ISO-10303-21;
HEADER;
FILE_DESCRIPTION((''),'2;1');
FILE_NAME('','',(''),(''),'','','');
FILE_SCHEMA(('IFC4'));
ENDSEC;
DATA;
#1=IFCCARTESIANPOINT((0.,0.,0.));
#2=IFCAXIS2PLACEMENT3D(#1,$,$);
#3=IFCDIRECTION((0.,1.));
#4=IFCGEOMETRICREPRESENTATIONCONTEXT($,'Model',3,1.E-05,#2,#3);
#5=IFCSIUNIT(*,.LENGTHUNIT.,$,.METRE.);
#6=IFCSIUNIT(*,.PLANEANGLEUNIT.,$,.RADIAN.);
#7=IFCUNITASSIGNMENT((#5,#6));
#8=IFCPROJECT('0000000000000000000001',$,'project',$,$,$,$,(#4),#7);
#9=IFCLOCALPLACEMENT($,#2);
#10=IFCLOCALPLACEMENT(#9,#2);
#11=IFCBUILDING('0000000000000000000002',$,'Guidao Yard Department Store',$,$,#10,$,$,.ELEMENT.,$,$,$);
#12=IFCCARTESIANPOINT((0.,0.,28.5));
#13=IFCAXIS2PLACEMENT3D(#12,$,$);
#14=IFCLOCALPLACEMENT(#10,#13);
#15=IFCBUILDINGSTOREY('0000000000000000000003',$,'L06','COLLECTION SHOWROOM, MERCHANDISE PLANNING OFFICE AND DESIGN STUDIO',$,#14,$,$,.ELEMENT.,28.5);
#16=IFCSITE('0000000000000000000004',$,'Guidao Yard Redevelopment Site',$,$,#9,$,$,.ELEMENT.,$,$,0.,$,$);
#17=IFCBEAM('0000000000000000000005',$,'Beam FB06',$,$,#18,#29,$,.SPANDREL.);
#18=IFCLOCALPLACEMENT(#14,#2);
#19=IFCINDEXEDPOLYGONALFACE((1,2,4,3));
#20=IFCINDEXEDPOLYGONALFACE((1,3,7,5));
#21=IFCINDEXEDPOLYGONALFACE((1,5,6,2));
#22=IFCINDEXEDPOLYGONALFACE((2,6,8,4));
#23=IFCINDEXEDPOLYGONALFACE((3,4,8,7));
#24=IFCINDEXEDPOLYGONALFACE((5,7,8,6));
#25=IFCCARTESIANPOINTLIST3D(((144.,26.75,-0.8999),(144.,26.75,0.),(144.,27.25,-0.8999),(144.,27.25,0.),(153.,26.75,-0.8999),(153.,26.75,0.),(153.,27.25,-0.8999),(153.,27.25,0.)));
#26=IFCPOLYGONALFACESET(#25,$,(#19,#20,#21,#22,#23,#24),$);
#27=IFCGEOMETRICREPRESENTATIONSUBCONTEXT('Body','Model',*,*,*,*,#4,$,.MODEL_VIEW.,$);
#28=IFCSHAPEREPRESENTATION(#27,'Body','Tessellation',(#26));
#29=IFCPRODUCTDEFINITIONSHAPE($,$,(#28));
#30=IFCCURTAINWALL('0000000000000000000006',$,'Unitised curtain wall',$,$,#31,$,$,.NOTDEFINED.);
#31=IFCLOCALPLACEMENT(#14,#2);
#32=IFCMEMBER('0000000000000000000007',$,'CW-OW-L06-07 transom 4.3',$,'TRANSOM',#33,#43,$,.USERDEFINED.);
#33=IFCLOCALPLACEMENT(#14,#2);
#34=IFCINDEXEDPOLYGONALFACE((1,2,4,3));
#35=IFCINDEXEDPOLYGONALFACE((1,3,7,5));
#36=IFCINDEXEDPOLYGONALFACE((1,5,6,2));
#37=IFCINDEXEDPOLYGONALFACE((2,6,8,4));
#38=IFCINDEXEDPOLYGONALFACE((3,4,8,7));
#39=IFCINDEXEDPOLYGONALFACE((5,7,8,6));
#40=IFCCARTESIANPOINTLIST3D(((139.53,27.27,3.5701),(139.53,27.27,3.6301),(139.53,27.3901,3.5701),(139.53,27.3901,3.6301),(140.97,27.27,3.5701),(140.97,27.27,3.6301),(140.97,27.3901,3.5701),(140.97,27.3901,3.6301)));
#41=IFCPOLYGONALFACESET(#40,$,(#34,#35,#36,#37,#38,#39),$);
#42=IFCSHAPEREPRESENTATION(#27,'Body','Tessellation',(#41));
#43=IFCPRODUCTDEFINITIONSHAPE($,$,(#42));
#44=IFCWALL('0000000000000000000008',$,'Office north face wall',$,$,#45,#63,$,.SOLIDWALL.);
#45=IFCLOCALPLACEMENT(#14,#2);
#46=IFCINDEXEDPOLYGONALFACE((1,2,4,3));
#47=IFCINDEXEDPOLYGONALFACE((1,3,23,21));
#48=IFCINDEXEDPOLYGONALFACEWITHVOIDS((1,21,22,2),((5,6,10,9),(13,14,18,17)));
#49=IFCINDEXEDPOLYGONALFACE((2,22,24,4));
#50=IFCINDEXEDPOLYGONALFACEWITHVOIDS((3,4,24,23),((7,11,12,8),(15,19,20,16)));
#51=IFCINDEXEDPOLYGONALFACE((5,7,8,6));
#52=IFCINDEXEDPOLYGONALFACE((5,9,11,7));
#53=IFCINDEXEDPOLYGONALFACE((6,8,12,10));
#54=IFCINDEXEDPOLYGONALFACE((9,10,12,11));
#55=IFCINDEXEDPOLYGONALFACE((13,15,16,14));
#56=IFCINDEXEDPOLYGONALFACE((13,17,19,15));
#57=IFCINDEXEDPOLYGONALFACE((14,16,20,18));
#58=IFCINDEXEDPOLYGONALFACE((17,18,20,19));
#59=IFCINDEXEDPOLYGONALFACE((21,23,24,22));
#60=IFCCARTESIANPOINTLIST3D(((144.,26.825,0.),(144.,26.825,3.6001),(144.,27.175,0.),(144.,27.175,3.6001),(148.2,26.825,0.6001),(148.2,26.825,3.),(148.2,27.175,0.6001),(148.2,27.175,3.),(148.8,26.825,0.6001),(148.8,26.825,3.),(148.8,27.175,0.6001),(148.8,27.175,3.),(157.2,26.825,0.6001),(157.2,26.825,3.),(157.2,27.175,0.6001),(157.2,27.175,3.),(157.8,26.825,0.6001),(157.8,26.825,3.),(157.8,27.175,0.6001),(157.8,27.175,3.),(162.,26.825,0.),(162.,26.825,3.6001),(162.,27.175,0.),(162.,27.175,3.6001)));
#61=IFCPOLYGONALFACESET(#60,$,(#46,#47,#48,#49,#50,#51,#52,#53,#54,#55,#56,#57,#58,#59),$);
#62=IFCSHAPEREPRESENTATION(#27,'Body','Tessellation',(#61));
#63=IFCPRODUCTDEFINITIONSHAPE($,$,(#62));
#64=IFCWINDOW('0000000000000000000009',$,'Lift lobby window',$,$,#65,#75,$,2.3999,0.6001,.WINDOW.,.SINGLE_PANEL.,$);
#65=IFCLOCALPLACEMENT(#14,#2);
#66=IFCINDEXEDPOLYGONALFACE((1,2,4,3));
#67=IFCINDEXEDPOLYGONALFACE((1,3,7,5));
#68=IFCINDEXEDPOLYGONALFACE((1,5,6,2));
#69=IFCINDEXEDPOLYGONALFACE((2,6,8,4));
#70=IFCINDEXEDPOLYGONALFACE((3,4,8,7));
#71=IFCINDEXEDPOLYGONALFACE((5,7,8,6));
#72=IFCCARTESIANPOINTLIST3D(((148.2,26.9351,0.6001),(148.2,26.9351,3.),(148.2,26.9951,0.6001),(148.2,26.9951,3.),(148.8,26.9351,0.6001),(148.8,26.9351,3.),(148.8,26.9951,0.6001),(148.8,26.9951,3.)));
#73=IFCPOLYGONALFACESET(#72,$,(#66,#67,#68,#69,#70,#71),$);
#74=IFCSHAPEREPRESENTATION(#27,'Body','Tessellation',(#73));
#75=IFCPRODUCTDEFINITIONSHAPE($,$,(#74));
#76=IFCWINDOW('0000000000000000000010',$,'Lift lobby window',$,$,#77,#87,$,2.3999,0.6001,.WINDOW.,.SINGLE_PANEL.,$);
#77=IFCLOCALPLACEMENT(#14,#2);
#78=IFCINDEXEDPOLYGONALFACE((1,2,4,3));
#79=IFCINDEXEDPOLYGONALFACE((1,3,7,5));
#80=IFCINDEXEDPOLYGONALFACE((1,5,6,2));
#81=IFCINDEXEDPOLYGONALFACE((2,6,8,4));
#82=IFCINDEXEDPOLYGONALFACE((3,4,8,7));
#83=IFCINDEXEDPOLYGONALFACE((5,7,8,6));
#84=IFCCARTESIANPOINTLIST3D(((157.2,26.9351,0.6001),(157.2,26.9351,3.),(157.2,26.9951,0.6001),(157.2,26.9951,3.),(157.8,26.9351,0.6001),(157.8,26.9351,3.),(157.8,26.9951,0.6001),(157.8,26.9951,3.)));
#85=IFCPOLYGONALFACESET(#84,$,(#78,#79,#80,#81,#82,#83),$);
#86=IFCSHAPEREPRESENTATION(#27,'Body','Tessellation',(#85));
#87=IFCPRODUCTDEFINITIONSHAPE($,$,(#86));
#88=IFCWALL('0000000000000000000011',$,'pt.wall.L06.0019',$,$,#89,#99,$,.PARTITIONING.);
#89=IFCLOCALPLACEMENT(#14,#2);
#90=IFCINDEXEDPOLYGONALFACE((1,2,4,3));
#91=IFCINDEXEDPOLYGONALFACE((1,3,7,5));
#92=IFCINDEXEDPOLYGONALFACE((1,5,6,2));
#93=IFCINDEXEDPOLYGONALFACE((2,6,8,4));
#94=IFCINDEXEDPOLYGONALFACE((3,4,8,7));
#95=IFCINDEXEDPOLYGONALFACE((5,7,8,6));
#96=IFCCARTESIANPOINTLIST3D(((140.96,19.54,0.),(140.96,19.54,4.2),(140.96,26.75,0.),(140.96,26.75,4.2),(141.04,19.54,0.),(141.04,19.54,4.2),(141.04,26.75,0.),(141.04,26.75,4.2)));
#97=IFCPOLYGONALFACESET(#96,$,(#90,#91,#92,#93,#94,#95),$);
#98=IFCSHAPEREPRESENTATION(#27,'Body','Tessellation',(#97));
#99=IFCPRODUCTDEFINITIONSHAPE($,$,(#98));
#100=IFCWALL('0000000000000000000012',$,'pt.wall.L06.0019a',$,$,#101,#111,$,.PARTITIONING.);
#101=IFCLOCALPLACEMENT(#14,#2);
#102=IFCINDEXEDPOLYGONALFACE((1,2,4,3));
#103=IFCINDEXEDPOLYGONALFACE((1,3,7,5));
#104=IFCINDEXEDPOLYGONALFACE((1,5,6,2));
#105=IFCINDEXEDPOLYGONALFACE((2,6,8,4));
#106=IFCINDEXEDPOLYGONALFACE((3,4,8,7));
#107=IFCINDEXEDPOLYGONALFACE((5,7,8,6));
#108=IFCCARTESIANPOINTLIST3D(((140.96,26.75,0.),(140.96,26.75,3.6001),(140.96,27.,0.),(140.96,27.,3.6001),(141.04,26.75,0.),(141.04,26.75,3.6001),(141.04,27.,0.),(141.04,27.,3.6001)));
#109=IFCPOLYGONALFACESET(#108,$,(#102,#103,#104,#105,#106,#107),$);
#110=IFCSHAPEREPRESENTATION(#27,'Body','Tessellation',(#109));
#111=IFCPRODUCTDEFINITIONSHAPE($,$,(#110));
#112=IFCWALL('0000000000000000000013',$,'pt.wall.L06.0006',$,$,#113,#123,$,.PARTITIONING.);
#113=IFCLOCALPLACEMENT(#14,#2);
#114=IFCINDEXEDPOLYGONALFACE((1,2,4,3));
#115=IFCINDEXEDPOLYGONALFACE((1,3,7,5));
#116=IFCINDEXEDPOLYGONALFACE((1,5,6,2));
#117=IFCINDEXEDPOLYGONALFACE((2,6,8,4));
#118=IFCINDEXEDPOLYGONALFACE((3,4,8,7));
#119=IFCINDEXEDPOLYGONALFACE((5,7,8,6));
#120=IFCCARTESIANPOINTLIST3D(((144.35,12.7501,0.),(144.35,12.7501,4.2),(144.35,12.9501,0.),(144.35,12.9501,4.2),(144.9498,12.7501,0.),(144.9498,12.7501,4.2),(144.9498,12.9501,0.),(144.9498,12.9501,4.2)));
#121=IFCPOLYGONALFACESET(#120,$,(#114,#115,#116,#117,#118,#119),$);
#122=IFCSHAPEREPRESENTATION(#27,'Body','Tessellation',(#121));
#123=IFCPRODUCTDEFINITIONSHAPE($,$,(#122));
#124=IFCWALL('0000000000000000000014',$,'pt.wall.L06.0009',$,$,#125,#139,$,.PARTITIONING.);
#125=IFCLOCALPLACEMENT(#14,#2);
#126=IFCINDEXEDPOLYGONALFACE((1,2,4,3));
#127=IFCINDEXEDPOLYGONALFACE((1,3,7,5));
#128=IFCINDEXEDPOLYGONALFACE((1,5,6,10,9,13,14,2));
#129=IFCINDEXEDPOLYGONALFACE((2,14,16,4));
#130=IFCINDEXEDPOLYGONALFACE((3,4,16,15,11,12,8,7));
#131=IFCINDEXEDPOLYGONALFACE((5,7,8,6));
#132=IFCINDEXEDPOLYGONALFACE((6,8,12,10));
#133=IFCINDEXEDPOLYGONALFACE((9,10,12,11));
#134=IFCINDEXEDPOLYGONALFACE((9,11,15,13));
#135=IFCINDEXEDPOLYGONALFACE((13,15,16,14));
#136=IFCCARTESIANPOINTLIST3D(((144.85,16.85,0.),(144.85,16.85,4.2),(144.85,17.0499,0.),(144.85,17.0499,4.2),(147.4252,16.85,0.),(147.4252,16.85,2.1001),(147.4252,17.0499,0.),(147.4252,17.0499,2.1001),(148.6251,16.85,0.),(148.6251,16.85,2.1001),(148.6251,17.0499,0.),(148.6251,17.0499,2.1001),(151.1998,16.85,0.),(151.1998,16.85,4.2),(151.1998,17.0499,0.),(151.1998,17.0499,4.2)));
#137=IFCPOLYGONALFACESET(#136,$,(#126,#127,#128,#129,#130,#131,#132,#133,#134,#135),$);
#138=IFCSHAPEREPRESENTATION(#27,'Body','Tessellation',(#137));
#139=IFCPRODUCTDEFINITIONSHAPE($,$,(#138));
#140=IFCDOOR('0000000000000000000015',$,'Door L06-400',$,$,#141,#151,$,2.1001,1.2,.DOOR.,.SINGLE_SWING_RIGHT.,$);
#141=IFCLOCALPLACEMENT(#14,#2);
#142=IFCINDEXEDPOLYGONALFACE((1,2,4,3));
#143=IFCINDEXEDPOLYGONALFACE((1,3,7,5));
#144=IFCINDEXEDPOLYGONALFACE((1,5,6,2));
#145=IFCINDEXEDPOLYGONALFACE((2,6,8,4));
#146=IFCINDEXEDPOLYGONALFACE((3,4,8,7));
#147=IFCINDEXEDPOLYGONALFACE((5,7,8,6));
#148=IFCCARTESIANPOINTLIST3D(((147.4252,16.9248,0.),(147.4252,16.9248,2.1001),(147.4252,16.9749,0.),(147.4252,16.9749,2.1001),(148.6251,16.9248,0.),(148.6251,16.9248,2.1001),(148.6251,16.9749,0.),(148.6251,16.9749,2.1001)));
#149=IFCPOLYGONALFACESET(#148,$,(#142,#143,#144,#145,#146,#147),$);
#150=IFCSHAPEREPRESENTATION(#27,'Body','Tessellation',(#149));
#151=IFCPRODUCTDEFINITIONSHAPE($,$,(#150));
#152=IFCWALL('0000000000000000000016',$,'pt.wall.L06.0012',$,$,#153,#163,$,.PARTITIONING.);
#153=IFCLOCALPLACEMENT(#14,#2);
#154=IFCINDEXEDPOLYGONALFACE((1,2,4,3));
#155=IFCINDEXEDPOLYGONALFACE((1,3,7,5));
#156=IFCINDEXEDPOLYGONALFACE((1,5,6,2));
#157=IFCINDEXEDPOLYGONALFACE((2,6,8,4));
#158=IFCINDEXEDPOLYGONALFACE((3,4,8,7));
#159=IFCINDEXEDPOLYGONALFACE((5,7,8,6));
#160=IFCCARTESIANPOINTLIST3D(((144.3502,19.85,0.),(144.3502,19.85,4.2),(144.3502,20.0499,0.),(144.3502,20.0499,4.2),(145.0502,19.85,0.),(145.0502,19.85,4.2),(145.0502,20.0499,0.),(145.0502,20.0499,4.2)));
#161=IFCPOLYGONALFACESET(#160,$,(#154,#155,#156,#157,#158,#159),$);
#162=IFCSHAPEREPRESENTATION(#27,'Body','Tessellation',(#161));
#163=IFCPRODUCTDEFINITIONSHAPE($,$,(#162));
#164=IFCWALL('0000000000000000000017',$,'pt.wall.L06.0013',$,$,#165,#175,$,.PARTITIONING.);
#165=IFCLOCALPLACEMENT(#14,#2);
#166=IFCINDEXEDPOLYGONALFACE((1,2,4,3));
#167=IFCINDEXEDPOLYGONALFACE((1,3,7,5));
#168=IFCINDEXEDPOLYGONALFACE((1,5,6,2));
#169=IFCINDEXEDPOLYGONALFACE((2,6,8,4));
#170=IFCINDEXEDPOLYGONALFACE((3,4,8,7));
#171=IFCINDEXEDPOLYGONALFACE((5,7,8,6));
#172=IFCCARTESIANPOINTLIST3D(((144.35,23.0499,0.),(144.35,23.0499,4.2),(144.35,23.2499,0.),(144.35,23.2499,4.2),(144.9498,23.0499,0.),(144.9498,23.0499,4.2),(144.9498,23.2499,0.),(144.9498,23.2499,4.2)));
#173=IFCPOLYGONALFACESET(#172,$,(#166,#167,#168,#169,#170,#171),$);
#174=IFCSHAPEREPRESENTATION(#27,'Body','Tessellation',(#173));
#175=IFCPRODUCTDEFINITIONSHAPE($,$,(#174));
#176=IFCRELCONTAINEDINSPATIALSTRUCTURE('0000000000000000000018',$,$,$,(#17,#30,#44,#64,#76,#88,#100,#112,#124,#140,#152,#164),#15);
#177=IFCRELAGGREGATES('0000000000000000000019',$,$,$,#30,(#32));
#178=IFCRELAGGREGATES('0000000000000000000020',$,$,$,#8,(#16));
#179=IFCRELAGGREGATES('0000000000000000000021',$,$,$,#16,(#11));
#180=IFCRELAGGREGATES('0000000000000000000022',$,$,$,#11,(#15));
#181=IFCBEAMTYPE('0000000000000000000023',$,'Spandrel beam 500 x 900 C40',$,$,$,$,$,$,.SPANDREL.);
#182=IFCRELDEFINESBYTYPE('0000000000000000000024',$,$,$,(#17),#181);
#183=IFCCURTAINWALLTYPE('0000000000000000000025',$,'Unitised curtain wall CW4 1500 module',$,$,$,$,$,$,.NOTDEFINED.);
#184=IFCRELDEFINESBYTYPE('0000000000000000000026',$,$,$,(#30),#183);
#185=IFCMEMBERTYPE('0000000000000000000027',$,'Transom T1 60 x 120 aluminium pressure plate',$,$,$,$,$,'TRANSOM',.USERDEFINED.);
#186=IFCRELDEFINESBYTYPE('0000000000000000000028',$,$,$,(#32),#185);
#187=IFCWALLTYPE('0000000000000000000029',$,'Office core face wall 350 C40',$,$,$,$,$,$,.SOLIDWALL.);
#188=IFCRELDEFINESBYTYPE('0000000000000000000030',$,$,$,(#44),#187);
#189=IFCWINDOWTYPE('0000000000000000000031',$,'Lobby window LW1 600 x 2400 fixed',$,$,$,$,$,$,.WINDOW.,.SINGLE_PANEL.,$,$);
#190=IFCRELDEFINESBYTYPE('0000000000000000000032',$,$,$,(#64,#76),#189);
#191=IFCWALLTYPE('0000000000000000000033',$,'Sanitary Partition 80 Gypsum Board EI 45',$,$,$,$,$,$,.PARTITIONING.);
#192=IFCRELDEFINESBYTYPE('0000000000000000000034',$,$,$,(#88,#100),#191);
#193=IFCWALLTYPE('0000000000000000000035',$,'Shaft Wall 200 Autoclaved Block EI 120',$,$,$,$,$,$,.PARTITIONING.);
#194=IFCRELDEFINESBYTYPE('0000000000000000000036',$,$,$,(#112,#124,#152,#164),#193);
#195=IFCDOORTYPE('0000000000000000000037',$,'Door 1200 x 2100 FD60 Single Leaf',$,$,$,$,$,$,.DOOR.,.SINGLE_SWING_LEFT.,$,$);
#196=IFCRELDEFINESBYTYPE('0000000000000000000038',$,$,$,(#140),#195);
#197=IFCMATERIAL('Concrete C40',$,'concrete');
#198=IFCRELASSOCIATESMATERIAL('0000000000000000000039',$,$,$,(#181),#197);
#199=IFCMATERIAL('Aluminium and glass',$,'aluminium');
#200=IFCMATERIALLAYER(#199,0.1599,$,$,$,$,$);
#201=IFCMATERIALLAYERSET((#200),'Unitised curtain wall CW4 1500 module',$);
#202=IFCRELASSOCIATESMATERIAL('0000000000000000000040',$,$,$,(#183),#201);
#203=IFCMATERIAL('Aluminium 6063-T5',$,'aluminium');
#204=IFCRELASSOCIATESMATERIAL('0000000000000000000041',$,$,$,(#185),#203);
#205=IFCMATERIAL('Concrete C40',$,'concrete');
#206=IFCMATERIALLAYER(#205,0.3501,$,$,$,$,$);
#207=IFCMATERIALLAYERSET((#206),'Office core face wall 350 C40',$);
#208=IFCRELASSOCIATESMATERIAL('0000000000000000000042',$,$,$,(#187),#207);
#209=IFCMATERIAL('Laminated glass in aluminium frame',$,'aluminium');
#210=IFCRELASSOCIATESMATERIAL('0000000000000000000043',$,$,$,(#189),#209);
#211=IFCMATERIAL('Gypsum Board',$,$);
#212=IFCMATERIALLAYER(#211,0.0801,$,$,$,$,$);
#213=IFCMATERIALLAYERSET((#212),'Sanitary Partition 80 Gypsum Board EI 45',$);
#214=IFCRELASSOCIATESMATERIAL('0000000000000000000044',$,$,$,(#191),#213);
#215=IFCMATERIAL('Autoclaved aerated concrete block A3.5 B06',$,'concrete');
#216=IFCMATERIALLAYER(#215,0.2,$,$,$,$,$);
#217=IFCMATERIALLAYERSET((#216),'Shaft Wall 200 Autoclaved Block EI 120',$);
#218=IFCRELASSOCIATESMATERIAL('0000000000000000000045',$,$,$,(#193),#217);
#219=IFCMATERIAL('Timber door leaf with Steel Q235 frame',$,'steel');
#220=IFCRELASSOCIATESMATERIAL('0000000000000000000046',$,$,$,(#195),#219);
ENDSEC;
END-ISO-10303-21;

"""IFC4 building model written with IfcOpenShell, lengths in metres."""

from ifc_helpers import new_model, si_unit, direction, frame, frame_2d, origin, origin_2d, place, context, subcontext, project, spatial, rectangle, extrude, material, layer, layer_set, material_profile, profile_set, type_object, element, fill, aggregate, save


model = new_model("IFC4")

# Units and contexts
model_context = context("Model", 3, precision=1e-05, world=origin(), true_north=direction((0.0, 1.0)))
body_context = subcontext(model_context, "Body", "Model", "MODEL_VIEW")
ifc_project = project(units=[si_unit("LENGTHUNIT", "METRE"), si_unit("PLANEANGLEUNIT", "RADIAN")], contexts=[model_context])

# Site, building, storey
site_placement = place(None, origin())
site = spatial("IfcSite", under=ifc_project, at=site_placement, Name="Guidao Yard Redevelopment Site", CompositionType="ELEMENT", RefElevation=0.0)
building_placement = place(site_placement, origin())
building = spatial("IfcBuilding", under=site, at=building_placement, Name="Guidao Yard Department Store", CompositionType="ELEMENT")
storey_placement = place(building_placement, frame((0.0, 0.0, 28.5)))
storey = spatial("IfcBuildingStorey", under=building, at=storey_placement, Name="L06", Description="COLLECTION SHOWROOM, MERCHANDISE PLANNING OFFICE AND DESIGN STUDIO", CompositionType="ELEMENT", Elevation=28.5)

# Beam
ifc_material_1 = material(Name="Concrete C40", Category="concrete")
ifc_material_profile_1 = material_profile(ifc_material_1, rectangle(XDim=0.5, YDim=0.8999, at=origin_2d()), Name="Spandrel beam 500 x 900 C40")
ifc_profile_set_1 = profile_set([ifc_material_profile_1], Name="Concrete C40")
beam_type = type_object("IfcBeamType", Name="Spandrel beam 500 x 900 C40", PredefinedType="SPANDREL", material=ifc_profile_set_1)
beam_placement = place(storey_placement, frame((144.0, 27.0, -0.45), z_axis=(1.0, 0.0, 0.0), x_axis=(0.0, 1.0, 0.0)))
element("IfcBeam", 1, at=beam_placement, inside=storey, type_object=beam_type, Name="Beam FB06", PredefinedType="SPANDREL", context=body_context, shape_type="SweptSolid", body=[
    extrude(rectangle(XDim=0.5, YDim=0.8999, at=origin_2d()), origin(), (0.0, 0.0, 1.0), 9.0),
])

# Curtain wall, member
ifc_material_2 = material(Name="Aluminium and glass", Category="aluminium")
ifc_layer_1 = layer(ifc_material_2, 0.1599)
ifc_layer_set_1 = layer_set([ifc_layer_1], Name="Unitised curtain wall CW4 1500 module")
curtain_wall_type = type_object("IfcCurtainWallType", Name="Unitised curtain wall CW4 1500 module", PredefinedType="NOTDEFINED", material=ifc_layer_set_1)
curtain_wall_placement = place(storey_placement, origin())
curtain_wall = element("IfcCurtainWall", 2, at=curtain_wall_placement, inside=storey, type_object=curtain_wall_type, Name="Unitised curtain wall", PredefinedType="NOTDEFINED")
ifc_material_3 = material(Name="Aluminium 6063-T5", Category="aluminium")
ifc_material_profile_2 = material_profile(ifc_material_3, rectangle(XDim=0.1201, YDim=0.0601, at=origin_2d()), Name="Transom T1 60 x 120 aluminium pressure plate")
ifc_profile_set_2 = profile_set([ifc_material_profile_2], Name="Aluminium 6063-T5")
member_type = type_object("IfcMemberType", Name="Transom T1 60 x 120 aluminium pressure plate", ElementType="TRANSOM", PredefinedType="USERDEFINED", material=ifc_profile_set_2)
member_placement = place(storey_placement, frame((139.53, 27.3301, 3.6001), z_axis=(1.0, 0.0, 0.0), x_axis=(0.0, 1.0, 0.0)))
member = element("IfcMember", 3, at=member_placement, type_object=member_type, Name="CW-OW-L06-07 transom 4.3", ObjectType="TRANSOM", PredefinedType="USERDEFINED", context=body_context, shape_type="SweptSolid", body=[
    extrude(rectangle(XDim=0.1201, YDim=0.0601, at=origin_2d()), origin(), (0.0, 0.0, 1.0), 1.4399),
])
aggregate(curtain_wall, [member])

# Wall, openings, windows
ifc_material_4 = material(Name="Concrete C40", Category="concrete")
ifc_layer_2 = layer(ifc_material_4, 0.3501)
ifc_layer_set_2 = layer_set([ifc_layer_2], Name="Office core face wall 350 C40")
wall_type_1 = type_object("IfcWallType", Name="Office core face wall 350 C40", PredefinedType="SOLIDWALL", material=ifc_layer_set_2)
wall_1_placement = place(storey_placement, frame((144.0, 27.0, 0.0), z_axis=(0.0, 0.0, 1.0), x_axis=(1.0, 0.0, 0.0)))
wall_1 = element("IfcWall", 4, at=wall_1_placement, inside=storey, type_object=wall_type_1, Name="Office north face wall", PredefinedType="SOLIDWALL", context=body_context, shape_type="SweptSolid", body=[
    extrude(rectangle(XDim=18.0, YDim=0.3501, at=frame_2d((9.0, 0.0))), origin(), (0.0, 0.0, 1.0), 3.6001),
])
opening_1_placement = place(wall_1_placement, frame((4.2, 0.0, 0.6001)))
opening_1 = element("IfcOpeningElement", 5, at=opening_1_placement, cuts=wall_1, PredefinedType="OPENING", context=body_context, shape_type="SweptSolid", body=[
    extrude(rectangle(XDim=0.6001, YDim=2.3999, at=frame_2d((0.3, 1.2))), frame((0.0, 0.1851, 0.0), z_axis=(0.0, -1.0, 0.0), x_axis=(1.0, 0.0, 0.0)), (0.0, 0.0, 1.0), 0.3701),
])
opening_2_placement = place(wall_1_placement, frame((13.2, 0.0, 0.6001)))
opening_2 = element("IfcOpeningElement", 6, at=opening_2_placement, cuts=wall_1, PredefinedType="OPENING", context=body_context, shape_type="SweptSolid", body=[
    extrude(rectangle(XDim=0.6001, YDim=2.3999, at=frame_2d((0.3, 1.2))), frame((0.0, 0.1851, 0.0), z_axis=(0.0, -1.0, 0.0), x_axis=(1.0, 0.0, 0.0)), (0.0, 0.0, 1.0), 0.3701),
])
ifc_material_5 = material(Name="Laminated glass in aluminium frame", Category="aluminium")
window_type = type_object("IfcWindowType", Name="Lobby window LW1 600 x 2400 fixed", PartitioningType="SINGLE_PANEL", PredefinedType="WINDOW", material=ifc_material_5)
window_1_placement = place(opening_1_placement, origin())
window_1 = element("IfcWindow", 7, at=window_1_placement, inside=storey, type_object=window_type, Name="Lift lobby window", OverallHeight=2.3999, OverallWidth=0.6001, PartitioningType="SINGLE_PANEL", PredefinedType="WINDOW", context=body_context, shape_type="SweptSolid", body=[
    extrude(rectangle(XDim=0.6001, YDim=2.3999, at=frame_2d((0.3, 1.2))), frame((0.0, -0.0049, 0.0), z_axis=(0.0, -1.0, 0.0), x_axis=(1.0, 0.0, 0.0)), (0.0, 0.0, 1.0), 0.0601),
])
fill(opening_1, window_1)
window_2_placement = place(opening_2_placement, origin())
window_2 = element("IfcWindow", 8, at=window_2_placement, inside=storey, type_object=window_type, Name="Lift lobby window", OverallHeight=2.3999, OverallWidth=0.6001, PartitioningType="SINGLE_PANEL", PredefinedType="WINDOW", context=body_context, shape_type="SweptSolid", body=[
    extrude(rectangle(XDim=0.6001, YDim=2.3999, at=frame_2d((0.3, 1.2))), frame((0.0, -0.0049, 0.0), z_axis=(0.0, -1.0, 0.0), x_axis=(1.0, 0.0, 0.0)), (0.0, 0.0, 1.0), 0.0601),
])
fill(opening_2, window_2)

# Walls
ifc_material_6 = material(Name="Gypsum Board")
ifc_layer_3 = layer(ifc_material_6, 0.0801)
ifc_layer_set_3 = layer_set([ifc_layer_3], Name="Sanitary Partition 80 Gypsum Board EI 45")
wall_type_2 = type_object("IfcWallType", Name="Sanitary Partition 80 Gypsum Board EI 45", PredefinedType="PARTITIONING", material=ifc_layer_set_3)
wall_2_placement = place(storey_placement, frame((141.0, 19.54, 0.0), z_axis=(0.0, 0.0, 1.0), x_axis=(0.0, 1.0, 0.0)))
element("IfcWall", 9, at=wall_2_placement, inside=storey, type_object=wall_type_2, Name="pt.wall.L06.0019", PredefinedType="PARTITIONING", context=body_context, shape_type="SweptSolid", body=[
    extrude(rectangle(XDim=7.21, YDim=0.0801, at=frame_2d((3.605, 0.0))), origin(), (0.0, 0.0, 1.0), 4.2),
])
wall_3_placement = place(storey_placement, frame((141.0, 26.75, 0.0), z_axis=(0.0, 0.0, 1.0), x_axis=(0.0, 1.0, 0.0)))
element("IfcWall", 10, at=wall_3_placement, inside=storey, type_object=wall_type_2, Name="pt.wall.L06.0019a", PredefinedType="PARTITIONING", context=body_context, shape_type="SweptSolid", body=[
    extrude(rectangle(XDim=0.25, YDim=0.0801, at=frame_2d((0.125, 0.0))), origin(), (0.0, 0.0, 1.0), 3.6001),
])
ifc_material_7 = material(Name="Autoclaved aerated concrete block A3.5 B06", Category="concrete")
ifc_layer_4 = layer(ifc_material_7, 0.2)
ifc_layer_set_4 = layer_set([ifc_layer_4], Name="Shaft Wall 200 Autoclaved Block EI 120")
wall_type_3 = type_object("IfcWallType", Name="Shaft Wall 200 Autoclaved Block EI 120", PredefinedType="PARTITIONING", material=ifc_layer_set_4)
wall_4_placement = place(storey_placement, frame((144.3501, 12.8501, 0.0), z_axis=(0.0, 0.0, 1.0), x_axis=(1.0, 0.0, 0.0)))
element("IfcWall", 11, at=wall_4_placement, inside=storey, type_object=wall_type_3, Name="pt.wall.L06.0006", PredefinedType="PARTITIONING", context=body_context, shape_type="SweptSolid", body=[
    extrude(rectangle(XDim=0.5999, YDim=0.2, at=frame_2d((0.2998, 0.0))), origin(), (0.0, 0.0, 1.0), 4.2),
])

# Wall, opening, door
wall_5_placement = place(storey_placement, frame((144.8501, 16.95, 0.0), z_axis=(0.0, 0.0, 1.0), x_axis=(1.0, 0.0, 0.0)))
wall_5 = element("IfcWall", 12, at=wall_5_placement, inside=storey, type_object=wall_type_3, Name="pt.wall.L06.0009", PredefinedType="PARTITIONING", context=body_context, shape_type="SweptSolid", body=[
    extrude(rectangle(XDim=6.3499, YDim=0.2, at=frame_2d((3.1748, 0.0))), origin(), (0.0, 0.0, 1.0), 4.2),
])
opening_3_placement = place(wall_5_placement, frame((2.575, 0.0, 0.0)))
opening_3 = element("IfcOpeningElement", 13, at=opening_3_placement, cuts=wall_5, PredefinedType="OPENING", context=body_context, shape_type="SweptSolid", body=[
    extrude(rectangle(XDim=1.2, YDim=2.1001, at=frame_2d((0.6001, 1.05))), frame((0.0, 0.1099, 0.0), z_axis=(0.0, -1.0, 0.0), x_axis=(1.0, 0.0, 0.0)), (0.0, 0.0, 1.0), 0.22),
])
ifc_material_8 = material(Name="Timber door leaf with Steel Q235 frame", Category="steel")
door_type_1 = type_object("IfcDoorType", Name="Door 1200 x 2100 FD60 Single Leaf", OperationType="SINGLE_SWING_LEFT", PredefinedType="DOOR", material=ifc_material_8)
door_1_placement = place(opening_3_placement, origin())
door_1 = element("IfcDoor", 14, at=door_1_placement, inside=storey, type_object=door_type_1, Name="Door L06-400", OperationType="SINGLE_SWING_RIGHT", OverallHeight=2.1001, OverallWidth=1.2, PredefinedType="DOOR", context=body_context, shape_type="SweptSolid", body=[
    extrude(rectangle(XDim=1.2, YDim=2.1001, at=frame_2d((0.6001, 1.05))), frame((0.0, 0.0249, 0.0), z_axis=(0.0, -1.0, 0.0), x_axis=(1.0, 0.0, 0.0)), (0.0, 0.0, 1.0), 0.05),
])
fill(opening_3, door_1)

# Walls
wall_6_placement = place(storey_placement, frame((144.3501, 19.95, 0.0), z_axis=(0.0, 0.0, 1.0), x_axis=(1.0, 0.0, 0.0)))
element("IfcWall", 15, at=wall_6_placement, inside=storey, type_object=wall_type_3, Name="pt.wall.L06.0012", PredefinedType="PARTITIONING", context=body_context, shape_type="SweptSolid", body=[
    extrude(rectangle(XDim=0.7, YDim=0.2, at=frame_2d((0.3501, 0.0))), origin(), (0.0, 0.0, 1.0), 4.2),
])
wall_7_placement = place(storey_placement, frame((144.3501, 23.1499, 0.0), z_axis=(0.0, 0.0, 1.0), x_axis=(1.0, 0.0, 0.0)))
element("IfcWall", 16, at=wall_7_placement, inside=storey, type_object=wall_type_3, Name="pt.wall.L06.0013", PredefinedType="PARTITIONING", context=body_context, shape_type="SweptSolid", body=[
    extrude(rectangle(XDim=0.5999, YDim=0.2, at=frame_2d((0.2998, 0.0))), origin(), (0.0, 0.0, 1.0), 4.2),
])

save(model, "model.ifc")
